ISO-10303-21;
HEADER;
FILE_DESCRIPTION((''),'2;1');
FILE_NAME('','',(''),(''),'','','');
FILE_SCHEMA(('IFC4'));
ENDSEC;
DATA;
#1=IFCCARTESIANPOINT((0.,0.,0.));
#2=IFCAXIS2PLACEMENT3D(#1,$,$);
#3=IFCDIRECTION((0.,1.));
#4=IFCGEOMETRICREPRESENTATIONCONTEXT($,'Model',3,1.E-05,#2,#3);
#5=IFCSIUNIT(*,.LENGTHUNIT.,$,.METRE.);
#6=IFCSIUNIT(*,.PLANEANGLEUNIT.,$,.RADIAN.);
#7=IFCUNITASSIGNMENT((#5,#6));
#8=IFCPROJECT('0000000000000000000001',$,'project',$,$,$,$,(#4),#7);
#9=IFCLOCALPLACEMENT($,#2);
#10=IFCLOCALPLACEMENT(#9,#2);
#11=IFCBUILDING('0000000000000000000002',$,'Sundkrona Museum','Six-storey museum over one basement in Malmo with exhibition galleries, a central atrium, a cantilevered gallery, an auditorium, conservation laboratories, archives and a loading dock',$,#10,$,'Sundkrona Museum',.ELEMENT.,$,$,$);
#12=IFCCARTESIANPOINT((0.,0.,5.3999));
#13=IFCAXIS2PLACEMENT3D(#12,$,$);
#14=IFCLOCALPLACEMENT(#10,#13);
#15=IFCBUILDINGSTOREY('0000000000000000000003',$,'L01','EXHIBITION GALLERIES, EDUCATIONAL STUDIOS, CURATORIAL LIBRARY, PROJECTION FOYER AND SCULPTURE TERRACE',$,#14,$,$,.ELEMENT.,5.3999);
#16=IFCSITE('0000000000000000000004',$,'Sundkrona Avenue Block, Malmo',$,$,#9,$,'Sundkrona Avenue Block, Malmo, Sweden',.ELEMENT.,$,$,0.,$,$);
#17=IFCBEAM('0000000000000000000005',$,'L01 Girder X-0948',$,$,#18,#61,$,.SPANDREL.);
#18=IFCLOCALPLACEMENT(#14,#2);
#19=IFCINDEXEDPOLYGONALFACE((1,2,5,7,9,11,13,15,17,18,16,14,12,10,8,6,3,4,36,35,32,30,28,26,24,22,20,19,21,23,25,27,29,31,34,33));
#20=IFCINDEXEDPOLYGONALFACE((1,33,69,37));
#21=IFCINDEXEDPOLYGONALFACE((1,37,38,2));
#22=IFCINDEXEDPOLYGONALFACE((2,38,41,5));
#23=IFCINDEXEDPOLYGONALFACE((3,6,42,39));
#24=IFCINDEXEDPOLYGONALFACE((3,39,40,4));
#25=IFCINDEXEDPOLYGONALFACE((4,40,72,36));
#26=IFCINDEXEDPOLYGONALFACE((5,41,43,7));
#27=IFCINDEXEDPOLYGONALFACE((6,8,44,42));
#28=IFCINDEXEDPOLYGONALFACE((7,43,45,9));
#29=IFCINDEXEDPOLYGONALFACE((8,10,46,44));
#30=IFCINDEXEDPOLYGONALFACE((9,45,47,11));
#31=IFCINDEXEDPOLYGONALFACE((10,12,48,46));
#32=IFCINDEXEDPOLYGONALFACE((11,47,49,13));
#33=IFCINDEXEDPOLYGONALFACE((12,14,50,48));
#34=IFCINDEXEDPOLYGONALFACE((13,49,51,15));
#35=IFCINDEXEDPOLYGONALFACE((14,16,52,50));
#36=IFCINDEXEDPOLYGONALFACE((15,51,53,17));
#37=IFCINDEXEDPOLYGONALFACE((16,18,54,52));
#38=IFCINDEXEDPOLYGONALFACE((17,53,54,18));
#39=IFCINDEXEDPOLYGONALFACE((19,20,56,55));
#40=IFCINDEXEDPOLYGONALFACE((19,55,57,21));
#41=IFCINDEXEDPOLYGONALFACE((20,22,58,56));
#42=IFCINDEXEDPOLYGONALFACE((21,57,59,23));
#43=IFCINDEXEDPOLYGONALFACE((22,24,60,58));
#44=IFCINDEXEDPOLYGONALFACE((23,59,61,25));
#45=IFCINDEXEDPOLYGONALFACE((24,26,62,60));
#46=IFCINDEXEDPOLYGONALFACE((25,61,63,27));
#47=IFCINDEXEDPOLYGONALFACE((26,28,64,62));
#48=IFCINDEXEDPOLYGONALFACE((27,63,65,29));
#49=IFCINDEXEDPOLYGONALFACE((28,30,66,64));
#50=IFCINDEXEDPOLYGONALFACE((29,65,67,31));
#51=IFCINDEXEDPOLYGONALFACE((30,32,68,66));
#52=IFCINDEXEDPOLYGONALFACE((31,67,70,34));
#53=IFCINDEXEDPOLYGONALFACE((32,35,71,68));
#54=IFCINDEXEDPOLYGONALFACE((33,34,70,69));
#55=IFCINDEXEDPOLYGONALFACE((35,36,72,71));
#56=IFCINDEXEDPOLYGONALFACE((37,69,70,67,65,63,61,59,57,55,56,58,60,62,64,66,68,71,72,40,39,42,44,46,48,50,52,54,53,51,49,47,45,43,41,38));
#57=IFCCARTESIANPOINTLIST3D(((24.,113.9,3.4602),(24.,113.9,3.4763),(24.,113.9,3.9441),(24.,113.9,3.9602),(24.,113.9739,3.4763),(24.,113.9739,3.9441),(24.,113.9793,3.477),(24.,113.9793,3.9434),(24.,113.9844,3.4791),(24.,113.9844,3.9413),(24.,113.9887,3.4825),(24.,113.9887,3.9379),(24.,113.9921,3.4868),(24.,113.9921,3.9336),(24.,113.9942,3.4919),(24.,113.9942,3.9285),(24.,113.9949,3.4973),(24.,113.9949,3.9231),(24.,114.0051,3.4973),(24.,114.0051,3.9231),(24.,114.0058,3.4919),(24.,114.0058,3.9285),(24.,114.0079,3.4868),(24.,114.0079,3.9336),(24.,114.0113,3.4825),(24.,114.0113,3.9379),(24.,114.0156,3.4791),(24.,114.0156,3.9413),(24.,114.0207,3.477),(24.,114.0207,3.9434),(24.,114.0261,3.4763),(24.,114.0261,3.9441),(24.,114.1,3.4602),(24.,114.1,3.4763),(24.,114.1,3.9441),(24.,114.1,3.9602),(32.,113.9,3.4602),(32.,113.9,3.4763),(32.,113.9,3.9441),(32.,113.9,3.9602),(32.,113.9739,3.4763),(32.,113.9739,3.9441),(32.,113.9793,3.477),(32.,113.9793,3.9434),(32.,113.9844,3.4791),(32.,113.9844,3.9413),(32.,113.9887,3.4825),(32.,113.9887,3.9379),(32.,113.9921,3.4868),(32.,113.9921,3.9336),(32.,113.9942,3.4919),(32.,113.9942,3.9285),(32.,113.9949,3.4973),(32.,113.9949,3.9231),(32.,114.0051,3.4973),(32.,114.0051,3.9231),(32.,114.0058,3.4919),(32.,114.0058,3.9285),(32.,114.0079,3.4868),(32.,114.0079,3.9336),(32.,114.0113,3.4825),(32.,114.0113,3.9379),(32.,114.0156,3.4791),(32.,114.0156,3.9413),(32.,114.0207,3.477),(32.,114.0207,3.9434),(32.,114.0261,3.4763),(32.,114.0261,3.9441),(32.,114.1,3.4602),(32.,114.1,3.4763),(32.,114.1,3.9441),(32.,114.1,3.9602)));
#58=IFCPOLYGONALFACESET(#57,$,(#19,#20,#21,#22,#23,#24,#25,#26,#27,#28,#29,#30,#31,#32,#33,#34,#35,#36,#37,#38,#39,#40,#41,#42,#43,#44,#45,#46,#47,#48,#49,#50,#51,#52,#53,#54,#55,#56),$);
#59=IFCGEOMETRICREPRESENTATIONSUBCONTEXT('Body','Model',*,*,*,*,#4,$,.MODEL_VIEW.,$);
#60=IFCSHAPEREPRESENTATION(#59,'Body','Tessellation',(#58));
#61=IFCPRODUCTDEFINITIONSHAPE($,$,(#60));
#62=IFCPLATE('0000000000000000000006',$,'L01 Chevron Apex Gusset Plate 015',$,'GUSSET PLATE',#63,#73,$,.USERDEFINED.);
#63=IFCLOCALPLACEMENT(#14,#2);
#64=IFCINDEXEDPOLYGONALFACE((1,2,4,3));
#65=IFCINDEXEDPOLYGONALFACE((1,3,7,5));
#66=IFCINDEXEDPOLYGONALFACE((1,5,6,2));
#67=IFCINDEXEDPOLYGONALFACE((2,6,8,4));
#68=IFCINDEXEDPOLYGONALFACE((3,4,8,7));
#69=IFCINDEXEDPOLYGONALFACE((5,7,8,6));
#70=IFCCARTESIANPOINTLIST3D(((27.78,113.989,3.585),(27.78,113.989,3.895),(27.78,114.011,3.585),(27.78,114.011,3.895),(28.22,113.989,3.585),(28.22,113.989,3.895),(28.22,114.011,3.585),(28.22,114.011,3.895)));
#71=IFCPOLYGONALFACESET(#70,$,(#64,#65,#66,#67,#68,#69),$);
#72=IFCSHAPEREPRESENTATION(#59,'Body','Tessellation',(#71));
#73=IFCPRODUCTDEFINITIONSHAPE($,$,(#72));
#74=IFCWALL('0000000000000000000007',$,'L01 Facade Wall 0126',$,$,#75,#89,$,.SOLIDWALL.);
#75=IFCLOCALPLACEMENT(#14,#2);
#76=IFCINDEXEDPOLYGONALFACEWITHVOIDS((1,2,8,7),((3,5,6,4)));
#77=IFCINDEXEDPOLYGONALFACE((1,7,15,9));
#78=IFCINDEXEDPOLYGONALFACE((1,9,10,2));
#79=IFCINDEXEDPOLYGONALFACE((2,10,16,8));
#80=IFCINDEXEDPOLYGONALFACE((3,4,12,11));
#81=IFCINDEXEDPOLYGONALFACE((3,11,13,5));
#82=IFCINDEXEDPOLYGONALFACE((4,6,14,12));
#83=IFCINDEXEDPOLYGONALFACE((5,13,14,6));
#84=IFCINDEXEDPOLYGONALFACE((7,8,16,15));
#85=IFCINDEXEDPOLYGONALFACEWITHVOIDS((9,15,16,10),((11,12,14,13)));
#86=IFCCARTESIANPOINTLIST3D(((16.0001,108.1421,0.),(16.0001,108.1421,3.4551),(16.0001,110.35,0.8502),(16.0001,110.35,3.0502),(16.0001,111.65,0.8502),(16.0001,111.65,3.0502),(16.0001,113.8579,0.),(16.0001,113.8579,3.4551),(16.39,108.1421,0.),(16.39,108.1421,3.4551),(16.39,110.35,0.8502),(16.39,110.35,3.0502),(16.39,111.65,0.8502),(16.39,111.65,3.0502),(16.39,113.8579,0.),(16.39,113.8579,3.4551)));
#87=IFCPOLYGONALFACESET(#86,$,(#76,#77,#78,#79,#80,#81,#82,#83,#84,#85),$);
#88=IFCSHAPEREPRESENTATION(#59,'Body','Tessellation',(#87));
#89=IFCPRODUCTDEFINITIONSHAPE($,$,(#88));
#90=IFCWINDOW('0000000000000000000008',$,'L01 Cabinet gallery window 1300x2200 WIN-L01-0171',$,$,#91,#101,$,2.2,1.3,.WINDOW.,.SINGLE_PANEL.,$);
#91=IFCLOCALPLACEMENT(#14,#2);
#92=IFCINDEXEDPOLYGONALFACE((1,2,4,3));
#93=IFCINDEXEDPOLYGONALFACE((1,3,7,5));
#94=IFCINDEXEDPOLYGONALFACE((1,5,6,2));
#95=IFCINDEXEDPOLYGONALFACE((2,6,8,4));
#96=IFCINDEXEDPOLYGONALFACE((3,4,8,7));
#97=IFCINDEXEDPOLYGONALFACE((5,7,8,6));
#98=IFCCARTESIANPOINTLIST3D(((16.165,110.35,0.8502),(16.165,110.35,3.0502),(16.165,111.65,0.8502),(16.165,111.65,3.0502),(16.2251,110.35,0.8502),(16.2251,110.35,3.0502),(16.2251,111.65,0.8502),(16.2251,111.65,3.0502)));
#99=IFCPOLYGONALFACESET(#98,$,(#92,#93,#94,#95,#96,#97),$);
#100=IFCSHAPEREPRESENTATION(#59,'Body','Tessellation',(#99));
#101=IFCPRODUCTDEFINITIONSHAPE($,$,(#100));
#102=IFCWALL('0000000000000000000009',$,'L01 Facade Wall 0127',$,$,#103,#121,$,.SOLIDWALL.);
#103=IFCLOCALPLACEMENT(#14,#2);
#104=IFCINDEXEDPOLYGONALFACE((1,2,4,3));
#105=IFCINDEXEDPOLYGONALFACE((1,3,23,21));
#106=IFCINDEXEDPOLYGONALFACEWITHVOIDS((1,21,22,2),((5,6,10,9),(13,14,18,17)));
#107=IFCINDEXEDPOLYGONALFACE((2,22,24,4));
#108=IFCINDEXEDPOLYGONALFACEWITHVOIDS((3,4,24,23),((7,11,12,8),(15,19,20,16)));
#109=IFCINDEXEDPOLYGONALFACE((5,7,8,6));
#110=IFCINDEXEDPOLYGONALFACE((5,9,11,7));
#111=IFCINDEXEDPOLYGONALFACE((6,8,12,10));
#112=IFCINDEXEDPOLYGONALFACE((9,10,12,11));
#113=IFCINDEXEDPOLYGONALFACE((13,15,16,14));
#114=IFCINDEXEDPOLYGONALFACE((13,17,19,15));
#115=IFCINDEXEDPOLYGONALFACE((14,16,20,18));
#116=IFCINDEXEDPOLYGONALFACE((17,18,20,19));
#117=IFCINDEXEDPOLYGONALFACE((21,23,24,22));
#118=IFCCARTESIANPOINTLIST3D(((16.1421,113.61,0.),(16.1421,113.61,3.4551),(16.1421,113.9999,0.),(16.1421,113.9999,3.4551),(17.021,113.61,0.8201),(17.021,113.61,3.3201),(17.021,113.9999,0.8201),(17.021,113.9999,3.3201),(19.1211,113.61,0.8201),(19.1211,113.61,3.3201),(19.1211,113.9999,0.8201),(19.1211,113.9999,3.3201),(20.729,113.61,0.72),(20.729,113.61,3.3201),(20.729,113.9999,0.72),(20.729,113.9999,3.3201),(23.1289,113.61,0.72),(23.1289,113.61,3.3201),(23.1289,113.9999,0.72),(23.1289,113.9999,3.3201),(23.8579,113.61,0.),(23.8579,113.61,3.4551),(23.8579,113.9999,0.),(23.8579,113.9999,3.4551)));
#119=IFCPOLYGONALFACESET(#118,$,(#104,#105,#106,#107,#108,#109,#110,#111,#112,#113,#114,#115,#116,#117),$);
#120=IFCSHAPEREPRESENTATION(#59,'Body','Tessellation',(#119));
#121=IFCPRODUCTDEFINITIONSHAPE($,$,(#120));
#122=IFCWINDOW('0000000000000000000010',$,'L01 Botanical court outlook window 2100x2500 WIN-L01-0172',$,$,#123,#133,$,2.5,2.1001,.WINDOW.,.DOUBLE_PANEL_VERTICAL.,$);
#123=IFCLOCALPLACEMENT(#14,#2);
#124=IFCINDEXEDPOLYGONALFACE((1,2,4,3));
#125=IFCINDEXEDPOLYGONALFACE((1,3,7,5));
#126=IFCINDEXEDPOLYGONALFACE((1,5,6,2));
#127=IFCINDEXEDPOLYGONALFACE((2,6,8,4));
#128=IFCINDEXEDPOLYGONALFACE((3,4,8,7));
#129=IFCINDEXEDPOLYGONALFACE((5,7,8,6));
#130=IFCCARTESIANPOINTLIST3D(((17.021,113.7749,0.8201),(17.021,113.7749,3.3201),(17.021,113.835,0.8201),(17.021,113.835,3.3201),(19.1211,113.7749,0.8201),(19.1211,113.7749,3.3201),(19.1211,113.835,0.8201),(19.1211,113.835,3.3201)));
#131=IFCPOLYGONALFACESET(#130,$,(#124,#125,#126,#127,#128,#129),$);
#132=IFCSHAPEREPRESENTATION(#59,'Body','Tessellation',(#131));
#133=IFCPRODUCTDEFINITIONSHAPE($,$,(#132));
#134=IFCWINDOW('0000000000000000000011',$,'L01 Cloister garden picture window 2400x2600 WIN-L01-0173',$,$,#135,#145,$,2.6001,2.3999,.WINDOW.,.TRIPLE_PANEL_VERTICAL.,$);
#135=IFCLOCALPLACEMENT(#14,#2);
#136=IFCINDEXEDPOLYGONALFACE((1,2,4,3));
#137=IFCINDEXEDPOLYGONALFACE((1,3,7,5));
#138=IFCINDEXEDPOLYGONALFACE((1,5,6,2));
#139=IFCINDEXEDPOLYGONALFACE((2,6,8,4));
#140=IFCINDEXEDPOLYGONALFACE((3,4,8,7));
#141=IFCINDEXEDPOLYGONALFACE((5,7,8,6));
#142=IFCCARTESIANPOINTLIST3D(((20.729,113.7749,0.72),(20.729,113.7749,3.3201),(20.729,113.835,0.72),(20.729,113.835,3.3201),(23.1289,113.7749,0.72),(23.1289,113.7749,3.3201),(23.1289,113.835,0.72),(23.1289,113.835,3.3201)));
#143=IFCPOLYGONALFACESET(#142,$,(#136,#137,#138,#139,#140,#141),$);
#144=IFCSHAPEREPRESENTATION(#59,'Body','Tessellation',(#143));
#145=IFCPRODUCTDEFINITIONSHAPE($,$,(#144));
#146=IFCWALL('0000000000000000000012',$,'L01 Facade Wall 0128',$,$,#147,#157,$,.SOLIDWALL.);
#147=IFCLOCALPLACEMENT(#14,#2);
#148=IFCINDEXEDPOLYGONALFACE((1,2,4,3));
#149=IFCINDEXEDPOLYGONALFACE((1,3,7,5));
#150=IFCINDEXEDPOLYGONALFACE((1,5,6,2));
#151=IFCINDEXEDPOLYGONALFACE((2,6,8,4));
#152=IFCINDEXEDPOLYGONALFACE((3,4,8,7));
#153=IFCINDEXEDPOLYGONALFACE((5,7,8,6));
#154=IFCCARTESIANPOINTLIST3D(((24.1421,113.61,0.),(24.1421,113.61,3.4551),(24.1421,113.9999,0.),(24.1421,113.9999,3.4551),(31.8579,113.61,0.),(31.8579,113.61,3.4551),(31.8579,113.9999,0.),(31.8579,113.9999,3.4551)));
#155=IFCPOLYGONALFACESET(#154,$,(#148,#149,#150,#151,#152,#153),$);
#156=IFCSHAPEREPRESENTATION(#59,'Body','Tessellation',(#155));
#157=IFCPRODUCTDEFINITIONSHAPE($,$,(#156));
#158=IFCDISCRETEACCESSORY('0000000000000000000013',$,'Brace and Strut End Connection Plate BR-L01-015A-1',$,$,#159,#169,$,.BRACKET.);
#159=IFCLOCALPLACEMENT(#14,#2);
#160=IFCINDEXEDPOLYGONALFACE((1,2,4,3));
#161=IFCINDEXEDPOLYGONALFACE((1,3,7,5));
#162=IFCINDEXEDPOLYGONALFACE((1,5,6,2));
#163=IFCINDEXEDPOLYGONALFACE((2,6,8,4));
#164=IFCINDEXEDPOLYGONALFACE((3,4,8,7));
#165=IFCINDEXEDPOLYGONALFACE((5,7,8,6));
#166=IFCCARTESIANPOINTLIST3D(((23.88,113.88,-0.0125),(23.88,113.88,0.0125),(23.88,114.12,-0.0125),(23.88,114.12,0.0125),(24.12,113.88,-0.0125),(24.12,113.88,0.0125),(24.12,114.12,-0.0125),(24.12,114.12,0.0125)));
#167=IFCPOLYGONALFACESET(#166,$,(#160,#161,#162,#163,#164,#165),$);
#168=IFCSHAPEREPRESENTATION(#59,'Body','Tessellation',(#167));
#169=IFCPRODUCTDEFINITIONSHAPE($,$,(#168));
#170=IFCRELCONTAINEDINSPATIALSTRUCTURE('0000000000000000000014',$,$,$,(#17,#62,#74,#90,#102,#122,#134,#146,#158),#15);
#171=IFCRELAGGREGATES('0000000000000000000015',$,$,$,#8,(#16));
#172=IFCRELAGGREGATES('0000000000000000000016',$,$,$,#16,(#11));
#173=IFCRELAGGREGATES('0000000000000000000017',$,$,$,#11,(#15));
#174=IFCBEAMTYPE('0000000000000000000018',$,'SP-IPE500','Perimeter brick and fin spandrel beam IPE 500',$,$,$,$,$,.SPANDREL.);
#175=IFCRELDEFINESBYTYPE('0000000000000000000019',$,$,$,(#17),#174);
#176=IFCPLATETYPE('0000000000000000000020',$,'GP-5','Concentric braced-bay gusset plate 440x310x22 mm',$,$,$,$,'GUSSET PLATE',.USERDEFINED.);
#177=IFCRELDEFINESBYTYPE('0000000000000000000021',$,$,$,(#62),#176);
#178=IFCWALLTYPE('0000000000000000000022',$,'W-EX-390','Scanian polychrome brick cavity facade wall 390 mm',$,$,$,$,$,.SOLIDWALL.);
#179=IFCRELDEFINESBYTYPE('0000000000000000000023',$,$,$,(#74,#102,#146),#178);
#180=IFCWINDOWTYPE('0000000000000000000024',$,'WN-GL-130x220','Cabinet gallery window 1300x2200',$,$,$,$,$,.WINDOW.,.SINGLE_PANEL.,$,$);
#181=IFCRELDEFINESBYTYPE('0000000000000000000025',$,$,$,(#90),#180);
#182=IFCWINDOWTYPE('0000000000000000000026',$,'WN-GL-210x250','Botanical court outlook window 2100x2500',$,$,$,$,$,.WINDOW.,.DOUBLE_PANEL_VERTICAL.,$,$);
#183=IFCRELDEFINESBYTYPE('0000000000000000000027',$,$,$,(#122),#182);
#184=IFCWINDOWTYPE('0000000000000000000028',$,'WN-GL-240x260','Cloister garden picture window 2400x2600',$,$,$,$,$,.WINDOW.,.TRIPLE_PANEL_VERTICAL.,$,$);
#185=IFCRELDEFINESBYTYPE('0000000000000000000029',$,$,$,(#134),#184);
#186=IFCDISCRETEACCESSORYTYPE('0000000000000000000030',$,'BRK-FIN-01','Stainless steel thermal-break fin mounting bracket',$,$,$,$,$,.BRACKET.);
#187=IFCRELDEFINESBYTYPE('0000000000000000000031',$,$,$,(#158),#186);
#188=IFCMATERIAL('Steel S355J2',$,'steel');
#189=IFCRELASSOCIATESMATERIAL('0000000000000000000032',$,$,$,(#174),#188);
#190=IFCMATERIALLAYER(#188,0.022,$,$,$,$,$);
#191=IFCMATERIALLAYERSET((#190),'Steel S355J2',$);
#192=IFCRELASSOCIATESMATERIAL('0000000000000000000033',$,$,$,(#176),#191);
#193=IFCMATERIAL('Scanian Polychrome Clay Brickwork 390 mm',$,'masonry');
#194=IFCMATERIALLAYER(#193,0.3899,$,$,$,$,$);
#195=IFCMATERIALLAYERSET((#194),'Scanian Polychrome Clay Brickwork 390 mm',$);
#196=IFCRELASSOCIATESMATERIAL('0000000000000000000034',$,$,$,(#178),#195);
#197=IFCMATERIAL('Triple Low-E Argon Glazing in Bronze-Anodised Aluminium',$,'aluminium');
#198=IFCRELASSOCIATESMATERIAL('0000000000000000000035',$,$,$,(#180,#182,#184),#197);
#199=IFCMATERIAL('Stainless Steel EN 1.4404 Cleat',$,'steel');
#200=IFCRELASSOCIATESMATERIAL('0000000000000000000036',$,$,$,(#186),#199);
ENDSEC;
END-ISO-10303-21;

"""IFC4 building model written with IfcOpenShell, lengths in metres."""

from ifc_helpers import new_model, si_unit, direction, frame, frame_2d, origin, origin_2d, place, context, subcontext, project, spatial, rectangle, i_section, extrude, material, layer, layer_set, material_profile, profile_set, type_object, element, fill, save


model = new_model("IFC4")

# Units and contexts
model_context = context("Model", 3, precision=1e-05, world=origin(), true_north=direction((0.0, 1.0)))
body_context = subcontext(model_context, "Body", "Model", "MODEL_VIEW")
ifc_project = project(units=[si_unit("LENGTHUNIT", "METRE"), si_unit("PLANEANGLEUNIT", "RADIAN")], contexts=[model_context])

# Site, building, storey
site_placement = place(None, origin())
site = spatial("IfcSite", under=ifc_project, at=site_placement, Name="Sundkrona Avenue Block, Malmo", LongName="Sundkrona Avenue Block, Malmo, Sweden", CompositionType="ELEMENT", RefElevation=0.0)
building_placement = place(site_placement, origin())
building = spatial("IfcBuilding", under=site, at=building_placement, Name="Sundkrona Museum", Description="Six-storey museum over one basement in Malmo with exhibition galleries, a central atrium, a cantilevered gallery, an auditorium, conservation laboratories, archives and a loading dock", LongName="Sundkrona Museum", CompositionType="ELEMENT")
storey_placement = place(building_placement, frame((0.0, 0.0, 5.3999)))
storey = spatial("IfcBuildingStorey", under=building, at=storey_placement, Name="L01", Description="EXHIBITION GALLERIES, EDUCATIONAL STUDIOS, CURATORIAL LIBRARY, PROJECTION FOYER AND SCULPTURE TERRACE", CompositionType="ELEMENT", Elevation=5.3999)

# Shared definitions
ifc_material_1 = material(Name="Steel S355J2", Category="steel")

# Beam
ifc_material_profile_1 = material_profile(ifc_material_1, i_section(OverallWidth=0.2, OverallDepth=0.5, WebThickness=0.0103, FlangeThickness=0.0161, FilletRadius=0.021, at=origin_2d()), Name="IPE 500")
ifc_profile_set_1 = profile_set([ifc_material_profile_1], Name="Steel S355J2")
beam_type_1 = type_object("IfcBeamType", Name="SP-IPE500", Description="Perimeter brick and fin spandrel beam IPE 500", PredefinedType="SPANDREL", material=ifc_profile_set_1)
for number, where, z_axis, x_axis, name in (
    (1, (24.0, 114.0, 3.7102), (1.0, 0.0, 0.0), (0.0, 1.0, 0.0), "L01 Girder X-0948"),
):
    element("IfcBeam", number, at=place(storey_placement, frame(where, z_axis=z_axis, x_axis=x_axis)), inside=storey, type_object=beam_type_1, Name=name, PredefinedType="SPANDREL", context=body_context, shape_type="SweptSolid", body=[
        extrude(i_section(OverallWidth=0.2, OverallDepth=0.5, WebThickness=0.0103, FlangeThickness=0.0161, FilletRadius=0.021, at=origin_2d()), origin(), (0.0, 0.0, 1.0), 8.0),
    ])

# Plate
ifc_layer_1 = layer(ifc_material_1, 0.022)
ifc_layer_set_1 = layer_set([ifc_layer_1], Name="Steel S355J2")
plate_type = type_object("IfcPlateType", Name="GP-5", Description="Concentric braced-bay gusset plate 440x310x22 mm", ElementType="GUSSET PLATE", PredefinedType="USERDEFINED", material=ifc_layer_set_1)
plate_placement = place(storey_placement, frame((28.0, 114.0, 3.585), z_axis=(0.0, 0.0, 1.0), x_axis=(1.0, 0.0, 0.0)))
element("IfcPlate", 2, at=plate_placement, inside=storey, type_object=plate_type, Name="L01 Chevron Apex Gusset Plate 015", ObjectType="GUSSET PLATE", PredefinedType="USERDEFINED", context=body_context, shape_type="SweptSolid", body=[
    extrude(rectangle(XDim=0.4399, YDim=0.022, at=origin_2d()), origin(), (0.0, 0.0, 1.0), 0.3101),
])

# Wall, opening, window
ifc_material_2 = material(Name="Scanian Polychrome Clay Brickwork 390 mm", Category="masonry")
ifc_layer_2 = layer(ifc_material_2, 0.3899)
ifc_layer_set_2 = layer_set([ifc_layer_2], Name="Scanian Polychrome Clay Brickwork 390 mm")
wall_type = type_object("IfcWallType", Name="W-EX-390", Description="Scanian polychrome brick cavity facade wall 390 mm", PredefinedType="SOLIDWALL", material=ifc_layer_set_2)
wall_1_placement = place(storey_placement, frame((16.1951, 108.1421, 0.0), z_axis=(0.0, 0.0, 1.0), x_axis=(0.0, 1.0, 0.0)))
wall_1 = element("IfcWall", 3, at=wall_1_placement, inside=storey, type_object=wall_type, Name="L01 Facade Wall 0126", PredefinedType="SOLIDWALL", context=body_context, shape_type="SweptSolid", body=[
    extrude(rectangle(XDim=5.7158, YDim=0.3899, at=frame_2d((2.8579, 0.0))), origin(), (0.0, 0.0, 1.0), 3.4551),
])
opening_1_placement = place(wall_1_placement, frame((2.208, 0.0, 0.8501)))
opening_1 = element("IfcOpeningElement", 4, at=opening_1_placement, cuts=wall_1, PredefinedType="OPENING", context=body_context, shape_type="SweptSolid", body=[
    extrude(rectangle(XDim=1.3, YDim=2.2, at=frame_2d((0.6499, 1.1001))), frame((0.0, 0.2048, 0.0), z_axis=(0.0, -1.0, 0.0), x_axis=(1.0, 0.0, 0.0)), (0.0, 0.0, 1.0), 0.4099),
])
ifc_material_3 = material(Name="Triple Low-E Argon Glazing in Bronze-Anodised Aluminium", Category="aluminium")
window_type_1 = type_object("IfcWindowType", Name="WN-GL-130x220", Description="Cabinet gallery window 1300x2200", PartitioningType="SINGLE_PANEL", PredefinedType="WINDOW", material=ifc_material_3)
window_1_placement = place(opening_1_placement, origin())
window_1 = element("IfcWindow", 5, at=window_1_placement, inside=storey, type_object=window_type_1, Name="L01 Cabinet gallery window 1300x2200 WIN-L01-0171", OverallHeight=2.2, OverallWidth=1.3, PartitioningType="SINGLE_PANEL", PredefinedType="WINDOW", context=body_context, shape_type="SweptSolid", body=[
    extrude(rectangle(XDim=1.3, YDim=2.2, at=frame_2d((0.6499, 1.1001))), frame((0.0, 0.03, 0.0), z_axis=(0.0, -1.0, 0.0), x_axis=(1.0, 0.0, 0.0)), (0.0, 0.0, 1.0), 0.0601),
])
fill(opening_1, window_1)

# Wall, openings, windows
wall_2_placement = place(storey_placement, frame((16.1421, 113.8049, 0.0), z_axis=(0.0, 0.0, 1.0), x_axis=(1.0, 0.0, 0.0)))
wall_2 = element("IfcWall", 6, at=wall_2_placement, inside=storey, type_object=wall_type, Name="L01 Facade Wall 0127", PredefinedType="SOLIDWALL", context=body_context, shape_type="SweptSolid", body=[
    extrude(rectangle(XDim=7.7158, YDim=0.3899, at=frame_2d((3.8579, 0.0))), origin(), (0.0, 0.0, 1.0), 3.4551),
])
opening_2_placement = place(wall_2_placement, frame((0.8789, 0.0, 0.8201)))
opening_2 = element("IfcOpeningElement", 7, at=opening_2_placement, cuts=wall_2, PredefinedType="OPENING", context=body_context, shape_type="SweptSolid", body=[
    extrude(rectangle(XDim=2.1001, YDim=2.5, at=frame_2d((1.05, 1.25))), frame((0.0, 0.2048, 0.0), z_axis=(0.0, -1.0, 0.0), x_axis=(1.0, 0.0, 0.0)), (0.0, 0.0, 1.0), 0.4099),
])
opening_3_placement = place(wall_2_placement, frame((4.5869, 0.0, 0.72)))
opening_3 = element("IfcOpeningElement", 8, at=opening_3_placement, cuts=wall_2, PredefinedType="OPENING", context=body_context, shape_type="SweptSolid", body=[
    extrude(rectangle(XDim=2.3999, YDim=2.6001, at=frame_2d((1.2, 1.3))), frame((0.0, 0.2048, 0.0), z_axis=(0.0, -1.0, 0.0), x_axis=(1.0, 0.0, 0.0)), (0.0, 0.0, 1.0), 0.4099),
])
window_type_2 = type_object("IfcWindowType", Name="WN-GL-210x250", Description="Botanical court outlook window 2100x2500", PartitioningType="DOUBLE_PANEL_VERTICAL", PredefinedType="WINDOW", material=ifc_material_3)
window_2_placement = place(opening_2_placement, origin())
window_2 = element("IfcWindow", 9, at=window_2_placement, inside=storey, type_object=window_type_2, Name="L01 Botanical court outlook window 2100x2500 WIN-L01-0172", OverallHeight=2.5, OverallWidth=2.1001, PartitioningType="DOUBLE_PANEL_VERTICAL", PredefinedType="WINDOW", context=body_context, shape_type="SweptSolid", body=[
    extrude(rectangle(XDim=2.1001, YDim=2.5, at=frame_2d((1.05, 1.25))), frame((0.0, 0.03, 0.0), z_axis=(0.0, -1.0, 0.0), x_axis=(1.0, 0.0, 0.0)), (0.0, 0.0, 1.0), 0.0601),
])
fill(opening_2, window_2)
window_type_3 = type_object("IfcWindowType", Name="WN-GL-240x260", Description="Cloister garden picture window 2400x2600", PartitioningType="TRIPLE_PANEL_VERTICAL", PredefinedType="WINDOW", material=ifc_material_3)
window_3_placement = place(opening_3_placement, origin())
window_3 = element("IfcWindow", 10, at=window_3_placement, inside=storey, type_object=window_type_3, Name="L01 Cloister garden picture window 2400x2600 WIN-L01-0173", OverallHeight=2.6001, OverallWidth=2.3999, PartitioningType="TRIPLE_PANEL_VERTICAL", PredefinedType="WINDOW", context=body_context, shape_type="SweptSolid", body=[
    extrude(rectangle(XDim=2.3999, YDim=2.6001, at=frame_2d((1.2, 1.3))), frame((0.0, 0.03, 0.0), z_axis=(0.0, -1.0, 0.0), x_axis=(1.0, 0.0, 0.0)), (0.0, 0.0, 1.0), 0.0601),
])
fill(opening_3, window_3)

# Wall
wall_3_placement = place(storey_placement, frame((24.1421, 113.8049, 0.0), z_axis=(0.0, 0.0, 1.0), x_axis=(1.0, 0.0, 0.0)))
element("IfcWall", 11, at=wall_3_placement, inside=storey, type_object=wall_type, Name="L01 Facade Wall 0128", PredefinedType="SOLIDWALL", context=body_context, shape_type="SweptSolid", body=[
    extrude(rectangle(XDim=7.7158, YDim=0.3899, at=frame_2d((3.8579, 0.0))), origin(), (0.0, 0.0, 1.0), 3.4551),
])

# Discrete accessory
ifc_material_4 = material(Name="Stainless Steel EN 1.4404 Cleat", Category="steel")
discrete_accessory_type = type_object("IfcDiscreteAccessoryType", Name="BRK-FIN-01", Description="Stainless steel thermal-break fin mounting bracket", PredefinedType="BRACKET", material=ifc_material_4)
for number, where, z_axis, x_axis, name in (
    (12, (24.0, 114.0, -0.0125), (0.0, 0.0, 1.0), (1.0, 0.0, 0.0), "Brace and Strut End Connection Plate BR-L01-015A-1"),
):
    element("IfcDiscreteAccessory", number, at=place(storey_placement, frame(where, z_axis=z_axis, x_axis=x_axis)), inside=storey, type_object=discrete_accessory_type, Name=name, PredefinedType="BRACKET", context=body_context, shape_type="SweptSolid", body=[
        extrude(rectangle(XDim=0.24, YDim=0.24, at=origin_2d()), origin(), (0.0, 0.0, 1.0), 0.0249),
    ])

save(model, "model.ifc")
